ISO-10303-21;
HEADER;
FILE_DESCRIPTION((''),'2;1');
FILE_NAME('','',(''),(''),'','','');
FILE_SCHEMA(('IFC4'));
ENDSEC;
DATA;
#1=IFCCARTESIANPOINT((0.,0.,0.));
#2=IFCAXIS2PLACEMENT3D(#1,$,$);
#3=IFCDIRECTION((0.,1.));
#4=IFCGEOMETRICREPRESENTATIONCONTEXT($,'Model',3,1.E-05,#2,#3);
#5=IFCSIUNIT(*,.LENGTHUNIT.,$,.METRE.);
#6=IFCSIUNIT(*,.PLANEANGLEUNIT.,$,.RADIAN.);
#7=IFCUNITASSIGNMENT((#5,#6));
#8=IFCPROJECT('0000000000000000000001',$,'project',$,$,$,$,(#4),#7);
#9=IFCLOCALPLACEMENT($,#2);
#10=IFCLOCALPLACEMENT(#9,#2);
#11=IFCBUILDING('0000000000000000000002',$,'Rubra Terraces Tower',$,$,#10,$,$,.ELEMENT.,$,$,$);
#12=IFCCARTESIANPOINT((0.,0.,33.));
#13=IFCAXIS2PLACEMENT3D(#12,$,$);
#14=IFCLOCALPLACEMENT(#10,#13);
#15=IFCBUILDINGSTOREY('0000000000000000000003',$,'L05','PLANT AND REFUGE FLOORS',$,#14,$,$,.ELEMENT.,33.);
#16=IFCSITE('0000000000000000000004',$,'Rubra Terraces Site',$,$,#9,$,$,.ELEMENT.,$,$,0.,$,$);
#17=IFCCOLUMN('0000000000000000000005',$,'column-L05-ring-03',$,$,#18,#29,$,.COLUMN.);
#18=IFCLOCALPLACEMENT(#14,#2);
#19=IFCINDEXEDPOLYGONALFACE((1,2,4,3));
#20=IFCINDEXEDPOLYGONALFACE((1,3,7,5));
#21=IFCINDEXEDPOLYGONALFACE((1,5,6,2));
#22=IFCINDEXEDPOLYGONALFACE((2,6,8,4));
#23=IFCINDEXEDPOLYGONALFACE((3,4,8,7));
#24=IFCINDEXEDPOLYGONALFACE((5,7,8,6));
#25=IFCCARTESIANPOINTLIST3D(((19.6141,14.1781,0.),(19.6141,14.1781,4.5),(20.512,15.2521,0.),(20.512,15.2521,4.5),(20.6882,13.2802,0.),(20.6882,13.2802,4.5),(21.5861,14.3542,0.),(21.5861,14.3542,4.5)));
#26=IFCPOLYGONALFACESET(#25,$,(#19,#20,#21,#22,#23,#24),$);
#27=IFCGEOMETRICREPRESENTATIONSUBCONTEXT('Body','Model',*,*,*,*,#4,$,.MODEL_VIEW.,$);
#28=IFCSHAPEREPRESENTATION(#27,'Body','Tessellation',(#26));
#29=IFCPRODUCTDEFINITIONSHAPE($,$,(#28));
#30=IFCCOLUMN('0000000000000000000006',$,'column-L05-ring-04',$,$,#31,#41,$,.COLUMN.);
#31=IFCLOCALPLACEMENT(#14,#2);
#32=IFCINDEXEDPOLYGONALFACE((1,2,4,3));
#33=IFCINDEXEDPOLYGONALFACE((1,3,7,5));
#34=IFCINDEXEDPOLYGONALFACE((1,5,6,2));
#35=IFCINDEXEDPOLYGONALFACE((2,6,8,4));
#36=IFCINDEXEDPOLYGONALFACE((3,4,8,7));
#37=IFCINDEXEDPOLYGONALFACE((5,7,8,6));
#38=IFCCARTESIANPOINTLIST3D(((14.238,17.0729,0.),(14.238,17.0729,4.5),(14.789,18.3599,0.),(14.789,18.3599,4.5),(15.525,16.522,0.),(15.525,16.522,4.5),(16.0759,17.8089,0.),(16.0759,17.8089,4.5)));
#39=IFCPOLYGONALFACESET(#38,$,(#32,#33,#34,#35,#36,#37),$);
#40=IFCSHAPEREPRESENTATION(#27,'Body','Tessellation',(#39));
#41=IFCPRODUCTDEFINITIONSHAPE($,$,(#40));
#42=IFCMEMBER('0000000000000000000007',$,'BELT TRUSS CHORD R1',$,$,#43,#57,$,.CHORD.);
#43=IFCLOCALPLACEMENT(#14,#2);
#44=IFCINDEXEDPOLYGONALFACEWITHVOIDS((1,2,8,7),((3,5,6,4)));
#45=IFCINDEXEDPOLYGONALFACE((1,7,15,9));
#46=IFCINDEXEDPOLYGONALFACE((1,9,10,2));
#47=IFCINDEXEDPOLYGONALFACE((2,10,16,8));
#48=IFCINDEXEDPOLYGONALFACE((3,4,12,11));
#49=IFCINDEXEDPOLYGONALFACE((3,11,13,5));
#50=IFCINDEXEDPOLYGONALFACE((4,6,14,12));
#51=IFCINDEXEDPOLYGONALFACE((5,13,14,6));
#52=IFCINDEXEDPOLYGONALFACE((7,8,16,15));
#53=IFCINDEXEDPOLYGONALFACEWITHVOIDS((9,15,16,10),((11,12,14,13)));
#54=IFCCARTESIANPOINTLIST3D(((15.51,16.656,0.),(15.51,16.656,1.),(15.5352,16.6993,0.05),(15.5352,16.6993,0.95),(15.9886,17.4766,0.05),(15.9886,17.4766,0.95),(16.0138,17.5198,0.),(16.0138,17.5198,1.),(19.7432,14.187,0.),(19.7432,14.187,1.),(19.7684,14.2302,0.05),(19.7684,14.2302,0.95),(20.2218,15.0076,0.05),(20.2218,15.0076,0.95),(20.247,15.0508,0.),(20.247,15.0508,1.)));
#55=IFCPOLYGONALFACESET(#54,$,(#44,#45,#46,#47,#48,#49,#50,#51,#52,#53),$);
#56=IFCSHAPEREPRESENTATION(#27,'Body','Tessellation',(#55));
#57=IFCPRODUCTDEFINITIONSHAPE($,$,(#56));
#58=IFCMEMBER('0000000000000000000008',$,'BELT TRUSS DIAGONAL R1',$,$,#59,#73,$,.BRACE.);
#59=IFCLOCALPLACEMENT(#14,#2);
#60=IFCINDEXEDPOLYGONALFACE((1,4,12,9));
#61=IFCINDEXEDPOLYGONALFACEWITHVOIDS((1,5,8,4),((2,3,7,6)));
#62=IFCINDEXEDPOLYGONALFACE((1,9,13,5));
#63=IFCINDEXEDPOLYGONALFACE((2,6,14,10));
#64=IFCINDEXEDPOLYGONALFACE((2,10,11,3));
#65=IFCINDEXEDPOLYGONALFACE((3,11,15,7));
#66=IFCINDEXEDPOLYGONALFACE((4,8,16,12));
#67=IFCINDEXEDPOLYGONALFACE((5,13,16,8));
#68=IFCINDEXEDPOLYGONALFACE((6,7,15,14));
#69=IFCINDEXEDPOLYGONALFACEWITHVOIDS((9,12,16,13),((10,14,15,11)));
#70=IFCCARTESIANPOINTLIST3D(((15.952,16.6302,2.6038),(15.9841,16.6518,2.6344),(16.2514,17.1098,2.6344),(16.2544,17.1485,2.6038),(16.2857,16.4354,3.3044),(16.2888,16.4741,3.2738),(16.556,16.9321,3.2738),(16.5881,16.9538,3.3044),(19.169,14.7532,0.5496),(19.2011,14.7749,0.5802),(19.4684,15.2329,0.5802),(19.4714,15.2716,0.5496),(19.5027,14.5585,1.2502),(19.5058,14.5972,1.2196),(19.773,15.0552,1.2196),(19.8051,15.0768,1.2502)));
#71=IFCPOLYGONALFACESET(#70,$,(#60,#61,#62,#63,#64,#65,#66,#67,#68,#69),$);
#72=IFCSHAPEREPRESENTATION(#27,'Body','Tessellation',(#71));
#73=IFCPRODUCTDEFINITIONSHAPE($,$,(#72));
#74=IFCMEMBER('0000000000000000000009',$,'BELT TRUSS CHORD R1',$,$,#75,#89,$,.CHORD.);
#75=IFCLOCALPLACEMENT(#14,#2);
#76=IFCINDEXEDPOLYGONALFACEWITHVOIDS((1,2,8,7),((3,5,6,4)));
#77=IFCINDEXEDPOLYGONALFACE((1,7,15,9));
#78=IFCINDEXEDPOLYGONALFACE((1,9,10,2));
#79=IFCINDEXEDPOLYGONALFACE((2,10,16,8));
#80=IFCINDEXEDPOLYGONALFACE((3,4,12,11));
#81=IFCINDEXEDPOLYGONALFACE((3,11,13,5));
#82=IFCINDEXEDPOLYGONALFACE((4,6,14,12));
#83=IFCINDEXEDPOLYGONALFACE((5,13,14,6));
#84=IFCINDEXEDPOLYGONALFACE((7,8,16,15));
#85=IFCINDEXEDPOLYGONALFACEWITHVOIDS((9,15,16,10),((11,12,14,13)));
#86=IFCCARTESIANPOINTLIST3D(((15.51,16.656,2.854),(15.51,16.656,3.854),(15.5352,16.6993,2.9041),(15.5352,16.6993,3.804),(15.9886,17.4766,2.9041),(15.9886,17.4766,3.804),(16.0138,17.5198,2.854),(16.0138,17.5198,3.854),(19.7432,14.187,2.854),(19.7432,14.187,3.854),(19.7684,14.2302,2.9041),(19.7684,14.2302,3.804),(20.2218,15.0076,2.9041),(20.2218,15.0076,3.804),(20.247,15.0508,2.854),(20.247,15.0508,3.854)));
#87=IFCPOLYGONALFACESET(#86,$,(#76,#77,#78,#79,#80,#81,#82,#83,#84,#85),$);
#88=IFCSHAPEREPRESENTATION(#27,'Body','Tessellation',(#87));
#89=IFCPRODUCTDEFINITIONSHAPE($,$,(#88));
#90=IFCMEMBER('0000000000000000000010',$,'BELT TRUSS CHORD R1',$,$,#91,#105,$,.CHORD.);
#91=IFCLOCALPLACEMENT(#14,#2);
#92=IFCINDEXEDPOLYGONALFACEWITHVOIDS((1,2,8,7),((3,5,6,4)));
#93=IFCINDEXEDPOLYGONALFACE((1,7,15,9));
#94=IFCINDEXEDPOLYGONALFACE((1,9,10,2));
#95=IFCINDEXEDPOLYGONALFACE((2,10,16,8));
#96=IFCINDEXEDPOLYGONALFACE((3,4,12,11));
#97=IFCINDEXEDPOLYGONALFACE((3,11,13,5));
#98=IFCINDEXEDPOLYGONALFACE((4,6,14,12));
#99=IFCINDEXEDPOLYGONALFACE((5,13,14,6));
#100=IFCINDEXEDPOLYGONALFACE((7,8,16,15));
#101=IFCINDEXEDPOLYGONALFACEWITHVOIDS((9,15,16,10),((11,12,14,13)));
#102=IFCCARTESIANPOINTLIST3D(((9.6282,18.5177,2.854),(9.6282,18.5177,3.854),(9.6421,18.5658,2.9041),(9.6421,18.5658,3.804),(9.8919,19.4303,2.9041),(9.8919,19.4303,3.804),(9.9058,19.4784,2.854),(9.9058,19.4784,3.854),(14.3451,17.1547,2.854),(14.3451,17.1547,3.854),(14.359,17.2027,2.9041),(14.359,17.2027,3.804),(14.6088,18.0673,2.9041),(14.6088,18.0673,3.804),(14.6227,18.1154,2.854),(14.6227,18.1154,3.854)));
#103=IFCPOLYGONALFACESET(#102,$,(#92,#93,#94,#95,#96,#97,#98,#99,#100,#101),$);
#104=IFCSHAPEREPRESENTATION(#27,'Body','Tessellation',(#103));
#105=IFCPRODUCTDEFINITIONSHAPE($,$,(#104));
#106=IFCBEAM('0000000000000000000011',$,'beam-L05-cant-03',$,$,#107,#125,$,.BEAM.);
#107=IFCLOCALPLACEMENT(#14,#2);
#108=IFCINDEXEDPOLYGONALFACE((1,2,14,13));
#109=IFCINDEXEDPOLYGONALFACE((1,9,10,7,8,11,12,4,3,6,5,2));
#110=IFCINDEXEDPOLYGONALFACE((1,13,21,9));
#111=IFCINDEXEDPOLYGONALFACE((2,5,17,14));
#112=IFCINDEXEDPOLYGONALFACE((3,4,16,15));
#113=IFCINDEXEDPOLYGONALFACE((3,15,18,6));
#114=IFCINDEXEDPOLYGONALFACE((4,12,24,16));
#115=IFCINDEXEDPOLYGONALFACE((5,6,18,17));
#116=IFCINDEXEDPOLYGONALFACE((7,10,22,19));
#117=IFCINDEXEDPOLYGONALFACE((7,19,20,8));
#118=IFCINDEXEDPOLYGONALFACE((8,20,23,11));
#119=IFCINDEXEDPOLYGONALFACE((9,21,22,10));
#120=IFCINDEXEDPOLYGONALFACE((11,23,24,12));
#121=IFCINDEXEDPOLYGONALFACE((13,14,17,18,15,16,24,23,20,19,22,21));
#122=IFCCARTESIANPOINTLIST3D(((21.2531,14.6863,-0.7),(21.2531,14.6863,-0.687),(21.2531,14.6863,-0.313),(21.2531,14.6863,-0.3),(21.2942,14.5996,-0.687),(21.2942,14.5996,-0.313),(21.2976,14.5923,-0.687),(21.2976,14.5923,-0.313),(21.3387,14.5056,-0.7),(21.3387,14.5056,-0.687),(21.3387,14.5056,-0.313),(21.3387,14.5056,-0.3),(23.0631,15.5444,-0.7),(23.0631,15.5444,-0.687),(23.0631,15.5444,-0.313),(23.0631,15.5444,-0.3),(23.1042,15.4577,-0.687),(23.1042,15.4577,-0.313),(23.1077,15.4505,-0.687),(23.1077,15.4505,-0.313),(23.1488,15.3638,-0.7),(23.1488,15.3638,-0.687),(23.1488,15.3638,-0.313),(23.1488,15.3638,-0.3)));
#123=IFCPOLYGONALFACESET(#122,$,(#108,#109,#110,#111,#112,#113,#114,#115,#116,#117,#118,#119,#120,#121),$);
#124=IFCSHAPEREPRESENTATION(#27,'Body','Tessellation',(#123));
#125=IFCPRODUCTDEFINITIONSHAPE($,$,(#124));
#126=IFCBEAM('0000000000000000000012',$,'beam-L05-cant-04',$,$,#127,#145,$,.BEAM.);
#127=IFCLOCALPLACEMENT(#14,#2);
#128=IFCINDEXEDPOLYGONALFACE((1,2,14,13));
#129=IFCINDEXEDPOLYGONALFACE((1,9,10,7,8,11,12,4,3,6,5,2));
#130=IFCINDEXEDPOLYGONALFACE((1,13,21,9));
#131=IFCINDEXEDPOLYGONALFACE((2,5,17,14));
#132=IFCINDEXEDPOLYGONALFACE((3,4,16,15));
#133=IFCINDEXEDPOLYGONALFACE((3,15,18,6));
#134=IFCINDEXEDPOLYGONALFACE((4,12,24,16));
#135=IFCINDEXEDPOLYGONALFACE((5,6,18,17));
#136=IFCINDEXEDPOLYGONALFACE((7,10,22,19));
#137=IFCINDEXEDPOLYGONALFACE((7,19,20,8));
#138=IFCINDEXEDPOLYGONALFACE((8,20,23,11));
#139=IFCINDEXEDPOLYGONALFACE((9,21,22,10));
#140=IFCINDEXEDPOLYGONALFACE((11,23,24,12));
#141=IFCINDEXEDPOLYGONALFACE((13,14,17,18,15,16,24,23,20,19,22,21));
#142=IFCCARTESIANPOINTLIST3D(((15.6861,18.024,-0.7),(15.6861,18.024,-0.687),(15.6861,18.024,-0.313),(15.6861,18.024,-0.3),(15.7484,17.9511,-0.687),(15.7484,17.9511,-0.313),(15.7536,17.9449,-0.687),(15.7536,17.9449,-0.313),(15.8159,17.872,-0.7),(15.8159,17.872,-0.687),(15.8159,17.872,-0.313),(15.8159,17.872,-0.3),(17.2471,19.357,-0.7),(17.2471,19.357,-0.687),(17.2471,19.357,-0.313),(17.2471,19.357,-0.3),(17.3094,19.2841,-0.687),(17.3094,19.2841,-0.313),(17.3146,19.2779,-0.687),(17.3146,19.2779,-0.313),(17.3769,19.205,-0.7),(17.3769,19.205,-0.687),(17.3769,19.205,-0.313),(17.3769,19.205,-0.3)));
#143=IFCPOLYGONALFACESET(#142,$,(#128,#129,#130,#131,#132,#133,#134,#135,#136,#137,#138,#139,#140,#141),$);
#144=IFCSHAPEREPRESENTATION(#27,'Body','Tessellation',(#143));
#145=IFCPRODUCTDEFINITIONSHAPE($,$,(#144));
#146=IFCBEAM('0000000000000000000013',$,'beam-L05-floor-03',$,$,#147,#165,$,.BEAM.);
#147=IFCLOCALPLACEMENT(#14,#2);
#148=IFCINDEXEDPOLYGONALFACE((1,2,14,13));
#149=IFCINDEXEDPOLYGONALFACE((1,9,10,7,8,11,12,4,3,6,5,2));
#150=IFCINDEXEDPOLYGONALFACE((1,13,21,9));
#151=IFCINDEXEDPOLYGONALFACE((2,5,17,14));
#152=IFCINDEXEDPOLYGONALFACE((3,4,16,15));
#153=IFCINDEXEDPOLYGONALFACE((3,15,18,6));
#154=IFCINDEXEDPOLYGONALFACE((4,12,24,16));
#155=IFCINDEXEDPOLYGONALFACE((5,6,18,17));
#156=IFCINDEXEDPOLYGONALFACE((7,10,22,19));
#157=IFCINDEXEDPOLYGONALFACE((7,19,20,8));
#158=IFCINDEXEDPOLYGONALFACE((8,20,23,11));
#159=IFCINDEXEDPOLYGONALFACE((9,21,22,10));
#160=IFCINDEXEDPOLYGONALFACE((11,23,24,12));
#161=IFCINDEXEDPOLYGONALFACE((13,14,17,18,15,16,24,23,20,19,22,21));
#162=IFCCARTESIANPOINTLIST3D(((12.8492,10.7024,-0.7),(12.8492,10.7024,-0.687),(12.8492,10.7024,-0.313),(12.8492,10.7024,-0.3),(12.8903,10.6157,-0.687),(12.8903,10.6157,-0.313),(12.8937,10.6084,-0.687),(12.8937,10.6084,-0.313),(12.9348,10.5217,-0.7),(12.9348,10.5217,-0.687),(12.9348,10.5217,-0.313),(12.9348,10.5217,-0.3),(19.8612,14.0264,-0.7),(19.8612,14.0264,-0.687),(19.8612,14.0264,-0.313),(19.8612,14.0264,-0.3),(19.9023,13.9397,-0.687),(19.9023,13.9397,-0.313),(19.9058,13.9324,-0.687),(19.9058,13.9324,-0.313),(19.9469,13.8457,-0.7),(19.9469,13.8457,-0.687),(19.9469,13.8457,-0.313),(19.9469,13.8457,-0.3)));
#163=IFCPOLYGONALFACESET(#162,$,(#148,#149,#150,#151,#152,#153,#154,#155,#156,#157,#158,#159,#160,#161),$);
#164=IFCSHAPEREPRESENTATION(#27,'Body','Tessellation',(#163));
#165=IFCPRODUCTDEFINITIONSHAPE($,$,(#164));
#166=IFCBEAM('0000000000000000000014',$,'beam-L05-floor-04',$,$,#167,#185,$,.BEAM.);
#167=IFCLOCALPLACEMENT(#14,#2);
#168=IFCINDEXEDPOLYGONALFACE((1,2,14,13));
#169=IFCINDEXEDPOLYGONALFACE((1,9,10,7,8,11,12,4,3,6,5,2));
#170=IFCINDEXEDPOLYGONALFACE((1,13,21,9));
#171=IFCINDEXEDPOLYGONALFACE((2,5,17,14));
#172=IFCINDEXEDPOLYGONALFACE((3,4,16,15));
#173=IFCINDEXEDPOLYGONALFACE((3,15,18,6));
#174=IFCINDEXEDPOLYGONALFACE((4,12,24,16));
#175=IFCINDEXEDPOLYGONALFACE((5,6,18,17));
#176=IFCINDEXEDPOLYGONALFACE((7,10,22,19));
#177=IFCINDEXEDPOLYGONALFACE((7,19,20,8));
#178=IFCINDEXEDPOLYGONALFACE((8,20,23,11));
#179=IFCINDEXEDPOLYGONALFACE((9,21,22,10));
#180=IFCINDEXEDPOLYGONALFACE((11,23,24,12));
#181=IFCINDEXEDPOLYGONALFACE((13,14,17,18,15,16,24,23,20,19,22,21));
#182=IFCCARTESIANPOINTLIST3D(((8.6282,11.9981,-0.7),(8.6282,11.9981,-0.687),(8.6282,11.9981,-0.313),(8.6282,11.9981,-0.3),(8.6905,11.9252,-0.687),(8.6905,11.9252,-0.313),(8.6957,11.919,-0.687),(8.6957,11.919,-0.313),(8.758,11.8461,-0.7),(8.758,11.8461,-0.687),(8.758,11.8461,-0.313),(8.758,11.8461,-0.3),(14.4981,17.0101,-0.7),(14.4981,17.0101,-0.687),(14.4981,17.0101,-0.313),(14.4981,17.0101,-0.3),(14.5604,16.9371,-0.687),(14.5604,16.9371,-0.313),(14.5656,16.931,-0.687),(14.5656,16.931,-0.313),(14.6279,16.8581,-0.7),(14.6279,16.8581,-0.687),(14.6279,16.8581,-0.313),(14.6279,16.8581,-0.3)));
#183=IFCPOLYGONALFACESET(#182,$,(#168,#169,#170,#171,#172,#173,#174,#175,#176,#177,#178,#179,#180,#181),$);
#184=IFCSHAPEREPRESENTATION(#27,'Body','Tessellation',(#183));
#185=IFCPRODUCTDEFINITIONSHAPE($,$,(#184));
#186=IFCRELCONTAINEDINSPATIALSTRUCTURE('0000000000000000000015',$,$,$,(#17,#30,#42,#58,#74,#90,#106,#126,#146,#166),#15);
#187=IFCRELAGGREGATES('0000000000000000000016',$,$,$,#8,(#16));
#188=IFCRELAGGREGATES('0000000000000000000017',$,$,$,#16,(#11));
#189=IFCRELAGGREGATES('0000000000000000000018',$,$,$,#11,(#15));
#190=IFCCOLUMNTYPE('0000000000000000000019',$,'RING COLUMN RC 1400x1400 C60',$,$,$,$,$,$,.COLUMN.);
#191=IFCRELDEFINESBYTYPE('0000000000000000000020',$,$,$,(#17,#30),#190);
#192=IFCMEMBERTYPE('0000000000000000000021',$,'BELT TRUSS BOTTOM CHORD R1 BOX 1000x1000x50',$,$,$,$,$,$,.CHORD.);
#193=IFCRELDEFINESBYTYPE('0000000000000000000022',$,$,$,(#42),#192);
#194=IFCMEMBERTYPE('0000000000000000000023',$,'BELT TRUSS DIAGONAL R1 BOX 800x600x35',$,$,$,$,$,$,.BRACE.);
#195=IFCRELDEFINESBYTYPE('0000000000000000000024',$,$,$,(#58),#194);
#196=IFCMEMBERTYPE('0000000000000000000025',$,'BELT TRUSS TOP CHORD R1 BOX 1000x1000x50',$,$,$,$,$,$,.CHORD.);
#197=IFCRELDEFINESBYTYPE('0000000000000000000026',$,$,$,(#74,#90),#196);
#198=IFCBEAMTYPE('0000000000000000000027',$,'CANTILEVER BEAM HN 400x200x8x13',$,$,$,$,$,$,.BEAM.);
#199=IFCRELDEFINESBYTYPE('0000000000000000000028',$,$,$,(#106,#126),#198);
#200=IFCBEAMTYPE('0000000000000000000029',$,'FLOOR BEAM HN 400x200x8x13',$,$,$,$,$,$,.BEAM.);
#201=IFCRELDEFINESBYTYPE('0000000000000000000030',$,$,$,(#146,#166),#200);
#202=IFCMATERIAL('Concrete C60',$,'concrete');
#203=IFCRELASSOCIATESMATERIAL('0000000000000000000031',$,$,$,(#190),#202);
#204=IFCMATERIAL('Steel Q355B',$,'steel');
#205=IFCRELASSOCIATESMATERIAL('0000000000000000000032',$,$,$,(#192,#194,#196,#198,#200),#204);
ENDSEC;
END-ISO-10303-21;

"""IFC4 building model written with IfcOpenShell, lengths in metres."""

from ifc_helpers import new_model, si_unit, direction, frame, origin, origin_2d, place, context, subcontext, project, spatial, rectangle, hollow_rectangle, i_section, extrude, material, material_profile, profile_set, type_object, element, save


model = new_model("IFC4")

# Units and contexts
model_context = context("Model", 3, precision=1e-05, world=origin(), true_north=direction((0.0, 1.0)))
body_context = subcontext(model_context, "Body", "Model", "MODEL_VIEW")
ifc_project = project(units=[si_unit("LENGTHUNIT", "METRE"), si_unit("PLANEANGLEUNIT", "RADIAN")], contexts=[model_context])

# Site, building, storey
site_placement = place(None, origin())
site = spatial("IfcSite", under=ifc_project, at=site_placement, Name="Rubra Terraces Site", CompositionType="ELEMENT", RefElevation=0.0)
building_placement = place(site_placement, origin())
building = spatial("IfcBuilding", under=site, at=building_placement, Name="Rubra Terraces Tower", CompositionType="ELEMENT")
storey_placement = place(building_placement, frame((0.0, 0.0, 33.0)))
storey = spatial("IfcBuildingStorey", under=building, at=storey_placement, Name="L05", Description="PLANT AND REFUGE FLOORS", CompositionType="ELEMENT", Elevation=33.0)

# Columns
ifc_material_1 = material(Name="Concrete C60", Category="concrete")
ifc_material_profile_1 = material_profile(ifc_material_1, rectangle(XDim=1.3999, YDim=1.3999, at=origin_2d()), Name="RC 1400x1400")
ifc_profile_set_1 = profile_set([ifc_material_profile_1], Name="Concrete C60")
column_type = type_object("IfcColumnType", Name="RING COLUMN RC 1400x1400 C60", PredefinedType="COLUMN", material=ifc_profile_set_1)
for number, where, z_axis, x_axis, name in (
    (1, (20.6001, 14.2661, 0.0), (0.0, 0.0, 1.0), (-0.76721, 0.641397, 0.0), "column-L05-ring-03"),
    (2, (15.157, 17.4409, 0.0), (0.0, 0.0, 1.0), (-0.919294, 0.393572, 0.0), "column-L05-ring-04"),
):
    element("IfcColumn", number, at=place(storey_placement, frame(where, z_axis=z_axis, x_axis=x_axis)), inside=storey, type_object=column_type, Name=name, PredefinedType="COLUMN", context=body_context, shape_type="SweptSolid", body=[
        extrude(rectangle(XDim=1.3999, YDim=1.3999, at=origin_2d()), origin(), (0.0, 0.0, 1.0), 4.5),
    ])

# Members
ifc_material_2 = material(Name="Steel Q355B", Category="steel")
ifc_material_profile_2 = material_profile(ifc_material_2, hollow_rectangle(XDim=1.0, YDim=1.0, WallThickness=0.05, at=origin_2d()), Name="BOX 1000x1000x50")
ifc_profile_set_2 = profile_set([ifc_material_profile_2], Name="Steel Q355B")
member_type_1 = type_object("IfcMemberType", Name="BELT TRUSS BOTTOM CHORD R1 BOX 1000x1000x50", PredefinedType="CHORD", material=ifc_profile_set_2)
member_1_placement = place(storey_placement, frame((19.9951, 14.6189, 0.5), z_axis=(-0.86381, 0.503818, 0.0), x_axis=(-0.503818, -0.86381, 0.0)))
element("IfcMember", 3, at=member_1_placement, inside=storey, type_object=member_type_1, Name="BELT TRUSS CHORD R1", PredefinedType="CHORD", context=body_context, shape_type="SweptSolid", body=[
    extrude(hollow_rectangle(XDim=1.0, YDim=1.0, WallThickness=0.05, at=origin_2d()), origin(), (0.0, 0.0, 1.0), 4.9006),
])
ifc_material_profile_3 = material_profile(ifc_material_2, hollow_rectangle(XDim=0.6001, YDim=0.8, WallThickness=0.0349, at=origin_2d()), Name="BOX 800x600x35")
ifc_profile_set_3 = profile_set([ifc_material_profile_3], Name="Steel Q355B")
member_type_2 = type_object("IfcMemberType", Name="BELT TRUSS DIAGONAL R1 BOX 800x600x35", PredefinedType="BRACE", material=ifc_profile_set_3)
member_2_placement = place(storey_placement, frame((19.4871, 14.915, 0.8999), z_axis=(-0.756333, 0.441275, 0.482946), x_axis=(-0.50394, -0.863738, 0.0)))
element("IfcMember", 4, at=member_2_placement, inside=storey, type_object=member_type_2, Name="BELT TRUSS DIAGONAL R1", PredefinedType="BRACE", context=body_context, shape_type="SweptSolid", body=[
    extrude(hollow_rectangle(XDim=0.6001, YDim=0.8, WallThickness=0.0349, at=origin_2d()), origin(), (0.0, 0.0, 1.0), 4.2534),
])
ifc_material_profile_4 = material_profile(ifc_material_2, hollow_rectangle(XDim=1.0, YDim=1.0, WallThickness=0.05, at=origin_2d()), Name="BOX 1000x1000x50")
ifc_profile_set_4 = profile_set([ifc_material_profile_4], Name="Steel Q355B")
member_type_3 = type_object("IfcMemberType", Name="BELT TRUSS TOP CHORD R1 BOX 1000x1000x50", PredefinedType="CHORD", material=ifc_profile_set_4)
member_3_placement = place(storey_placement, frame((19.9951, 14.6189, 3.354), z_axis=(-0.86381, 0.503818, 0.0), x_axis=(-0.503818, -0.86381, 0.0)))
element("IfcMember", 5, at=member_3_placement, inside=storey, type_object=member_type_3, Name="BELT TRUSS CHORD R1", PredefinedType="CHORD", context=body_context, shape_type="SweptSolid", body=[
    extrude(hollow_rectangle(XDim=1.0, YDim=1.0, WallThickness=0.05, at=origin_2d()), origin(), (0.0, 0.0, 1.0), 4.9006),
])
member_4_placement = place(storey_placement, frame((14.4839, 17.635, 3.354), z_axis=(-0.960692, 0.277616, 0.0), x_axis=(-0.277616, -0.960692, 0.0)))
element("IfcMember", 6, at=member_4_placement, inside=storey, type_object=member_type_3, Name="BELT TRUSS CHORD R1", PredefinedType="CHORD", context=body_context, shape_type="SweptSolid", body=[
    extrude(hollow_rectangle(XDim=1.0, YDim=1.0, WallThickness=0.05, at=origin_2d()), origin(), (0.0, 0.0, 1.0), 4.9099),
])

# Beams
ifc_material_profile_5 = material_profile(ifc_material_2, i_section(OverallWidth=0.2, OverallDepth=0.3999, WebThickness=0.0081, FlangeThickness=0.0129, at=origin_2d()), Name="HN 400x200x8x13")
ifc_profile_set_5 = profile_set([ifc_material_profile_5], Name="Steel Q355B")
beam_type_1 = type_object("IfcBeamType", Name="CANTILEVER BEAM HN 400x200x8x13", PredefinedType="BEAM", material=ifc_profile_set_5)
beam_1_placement = place(storey_placement, frame((21.2959, 14.5959, -0.5), z_axis=(0.903591, 0.428395, 0.0), x_axis=(-0.428395, 0.903591, 0.0)))
element("IfcBeam", 7, at=beam_1_placement, inside=storey, type_object=beam_type_1, Name="beam-L05-cant-03", PredefinedType="BEAM", context=body_context, shape_type="SweptSolid", body=[
    extrude(i_section(OverallWidth=0.2, OverallDepth=0.3999, WebThickness=0.0081, FlangeThickness=0.0129, at=origin_2d()), origin(), (0.0, 0.0, 1.0), 2.0032),
])
beam_2_placement = place(storey_placement, frame((15.751, 17.948, -0.5), z_axis=(0.760464, 0.64938, 0.0), x_axis=(-0.64938, 0.760464, 0.0)))
element("IfcBeam", 8, at=beam_2_placement, inside=storey, type_object=beam_type_1, Name="beam-L05-cant-04", PredefinedType="BEAM", context=body_context, shape_type="SweptSolid", body=[
    extrude(i_section(OverallWidth=0.2, OverallDepth=0.3999, WebThickness=0.0081, FlangeThickness=0.0129, at=origin_2d()), origin(), (0.0, 0.0, 1.0), 2.0527),
])
ifc_material_profile_6 = material_profile(ifc_material_2, i_section(OverallWidth=0.2, OverallDepth=0.3999, WebThickness=0.0081, FlangeThickness=0.0129, at=origin_2d()), Name="HN 400x200x8x13")
ifc_profile_set_6 = profile_set([ifc_material_profile_6], Name="Steel Q355B")
beam_type_2 = type_object("IfcBeamType", Name="FLOOR BEAM HN 400x200x8x13", PredefinedType="BEAM", material=ifc_profile_set_6)
beam_3_placement = place(storey_placement, frame((19.9041, 13.936, -0.5), z_axis=(-0.903612, -0.428351, 0.0), x_axis=(0.428351, -0.903612, 0.0)))
element("IfcBeam", 9, at=beam_3_placement, inside=storey, type_object=beam_type_2, Name="beam-L05-floor-03", PredefinedType="BEAM", context=body_context, shape_type="SweptSolid", body=[
    extrude(i_section(OverallWidth=0.2, OverallDepth=0.3999, WebThickness=0.0081, FlangeThickness=0.0129, at=origin_2d()), origin(), (0.0, 0.0, 1.0), 7.76),
])
beam_4_placement = place(storey_placement, frame((14.563, 16.9341, -0.5), z_axis=(-0.760494, -0.649344, 0.0), x_axis=(0.649344, -0.760494, 0.0)))
element("IfcBeam", 10, at=beam_4_placement, inside=storey, type_object=beam_type_2, Name="beam-L05-floor-04", PredefinedType="BEAM", context=body_context, shape_type="SweptSolid", body=[
    extrude(i_section(OverallWidth=0.2, OverallDepth=0.3999, WebThickness=0.0081, FlangeThickness=0.0129, at=origin_2d()), origin(), (0.0, 0.0, 1.0), 7.7185),
])

save(model, "model.ifc")
